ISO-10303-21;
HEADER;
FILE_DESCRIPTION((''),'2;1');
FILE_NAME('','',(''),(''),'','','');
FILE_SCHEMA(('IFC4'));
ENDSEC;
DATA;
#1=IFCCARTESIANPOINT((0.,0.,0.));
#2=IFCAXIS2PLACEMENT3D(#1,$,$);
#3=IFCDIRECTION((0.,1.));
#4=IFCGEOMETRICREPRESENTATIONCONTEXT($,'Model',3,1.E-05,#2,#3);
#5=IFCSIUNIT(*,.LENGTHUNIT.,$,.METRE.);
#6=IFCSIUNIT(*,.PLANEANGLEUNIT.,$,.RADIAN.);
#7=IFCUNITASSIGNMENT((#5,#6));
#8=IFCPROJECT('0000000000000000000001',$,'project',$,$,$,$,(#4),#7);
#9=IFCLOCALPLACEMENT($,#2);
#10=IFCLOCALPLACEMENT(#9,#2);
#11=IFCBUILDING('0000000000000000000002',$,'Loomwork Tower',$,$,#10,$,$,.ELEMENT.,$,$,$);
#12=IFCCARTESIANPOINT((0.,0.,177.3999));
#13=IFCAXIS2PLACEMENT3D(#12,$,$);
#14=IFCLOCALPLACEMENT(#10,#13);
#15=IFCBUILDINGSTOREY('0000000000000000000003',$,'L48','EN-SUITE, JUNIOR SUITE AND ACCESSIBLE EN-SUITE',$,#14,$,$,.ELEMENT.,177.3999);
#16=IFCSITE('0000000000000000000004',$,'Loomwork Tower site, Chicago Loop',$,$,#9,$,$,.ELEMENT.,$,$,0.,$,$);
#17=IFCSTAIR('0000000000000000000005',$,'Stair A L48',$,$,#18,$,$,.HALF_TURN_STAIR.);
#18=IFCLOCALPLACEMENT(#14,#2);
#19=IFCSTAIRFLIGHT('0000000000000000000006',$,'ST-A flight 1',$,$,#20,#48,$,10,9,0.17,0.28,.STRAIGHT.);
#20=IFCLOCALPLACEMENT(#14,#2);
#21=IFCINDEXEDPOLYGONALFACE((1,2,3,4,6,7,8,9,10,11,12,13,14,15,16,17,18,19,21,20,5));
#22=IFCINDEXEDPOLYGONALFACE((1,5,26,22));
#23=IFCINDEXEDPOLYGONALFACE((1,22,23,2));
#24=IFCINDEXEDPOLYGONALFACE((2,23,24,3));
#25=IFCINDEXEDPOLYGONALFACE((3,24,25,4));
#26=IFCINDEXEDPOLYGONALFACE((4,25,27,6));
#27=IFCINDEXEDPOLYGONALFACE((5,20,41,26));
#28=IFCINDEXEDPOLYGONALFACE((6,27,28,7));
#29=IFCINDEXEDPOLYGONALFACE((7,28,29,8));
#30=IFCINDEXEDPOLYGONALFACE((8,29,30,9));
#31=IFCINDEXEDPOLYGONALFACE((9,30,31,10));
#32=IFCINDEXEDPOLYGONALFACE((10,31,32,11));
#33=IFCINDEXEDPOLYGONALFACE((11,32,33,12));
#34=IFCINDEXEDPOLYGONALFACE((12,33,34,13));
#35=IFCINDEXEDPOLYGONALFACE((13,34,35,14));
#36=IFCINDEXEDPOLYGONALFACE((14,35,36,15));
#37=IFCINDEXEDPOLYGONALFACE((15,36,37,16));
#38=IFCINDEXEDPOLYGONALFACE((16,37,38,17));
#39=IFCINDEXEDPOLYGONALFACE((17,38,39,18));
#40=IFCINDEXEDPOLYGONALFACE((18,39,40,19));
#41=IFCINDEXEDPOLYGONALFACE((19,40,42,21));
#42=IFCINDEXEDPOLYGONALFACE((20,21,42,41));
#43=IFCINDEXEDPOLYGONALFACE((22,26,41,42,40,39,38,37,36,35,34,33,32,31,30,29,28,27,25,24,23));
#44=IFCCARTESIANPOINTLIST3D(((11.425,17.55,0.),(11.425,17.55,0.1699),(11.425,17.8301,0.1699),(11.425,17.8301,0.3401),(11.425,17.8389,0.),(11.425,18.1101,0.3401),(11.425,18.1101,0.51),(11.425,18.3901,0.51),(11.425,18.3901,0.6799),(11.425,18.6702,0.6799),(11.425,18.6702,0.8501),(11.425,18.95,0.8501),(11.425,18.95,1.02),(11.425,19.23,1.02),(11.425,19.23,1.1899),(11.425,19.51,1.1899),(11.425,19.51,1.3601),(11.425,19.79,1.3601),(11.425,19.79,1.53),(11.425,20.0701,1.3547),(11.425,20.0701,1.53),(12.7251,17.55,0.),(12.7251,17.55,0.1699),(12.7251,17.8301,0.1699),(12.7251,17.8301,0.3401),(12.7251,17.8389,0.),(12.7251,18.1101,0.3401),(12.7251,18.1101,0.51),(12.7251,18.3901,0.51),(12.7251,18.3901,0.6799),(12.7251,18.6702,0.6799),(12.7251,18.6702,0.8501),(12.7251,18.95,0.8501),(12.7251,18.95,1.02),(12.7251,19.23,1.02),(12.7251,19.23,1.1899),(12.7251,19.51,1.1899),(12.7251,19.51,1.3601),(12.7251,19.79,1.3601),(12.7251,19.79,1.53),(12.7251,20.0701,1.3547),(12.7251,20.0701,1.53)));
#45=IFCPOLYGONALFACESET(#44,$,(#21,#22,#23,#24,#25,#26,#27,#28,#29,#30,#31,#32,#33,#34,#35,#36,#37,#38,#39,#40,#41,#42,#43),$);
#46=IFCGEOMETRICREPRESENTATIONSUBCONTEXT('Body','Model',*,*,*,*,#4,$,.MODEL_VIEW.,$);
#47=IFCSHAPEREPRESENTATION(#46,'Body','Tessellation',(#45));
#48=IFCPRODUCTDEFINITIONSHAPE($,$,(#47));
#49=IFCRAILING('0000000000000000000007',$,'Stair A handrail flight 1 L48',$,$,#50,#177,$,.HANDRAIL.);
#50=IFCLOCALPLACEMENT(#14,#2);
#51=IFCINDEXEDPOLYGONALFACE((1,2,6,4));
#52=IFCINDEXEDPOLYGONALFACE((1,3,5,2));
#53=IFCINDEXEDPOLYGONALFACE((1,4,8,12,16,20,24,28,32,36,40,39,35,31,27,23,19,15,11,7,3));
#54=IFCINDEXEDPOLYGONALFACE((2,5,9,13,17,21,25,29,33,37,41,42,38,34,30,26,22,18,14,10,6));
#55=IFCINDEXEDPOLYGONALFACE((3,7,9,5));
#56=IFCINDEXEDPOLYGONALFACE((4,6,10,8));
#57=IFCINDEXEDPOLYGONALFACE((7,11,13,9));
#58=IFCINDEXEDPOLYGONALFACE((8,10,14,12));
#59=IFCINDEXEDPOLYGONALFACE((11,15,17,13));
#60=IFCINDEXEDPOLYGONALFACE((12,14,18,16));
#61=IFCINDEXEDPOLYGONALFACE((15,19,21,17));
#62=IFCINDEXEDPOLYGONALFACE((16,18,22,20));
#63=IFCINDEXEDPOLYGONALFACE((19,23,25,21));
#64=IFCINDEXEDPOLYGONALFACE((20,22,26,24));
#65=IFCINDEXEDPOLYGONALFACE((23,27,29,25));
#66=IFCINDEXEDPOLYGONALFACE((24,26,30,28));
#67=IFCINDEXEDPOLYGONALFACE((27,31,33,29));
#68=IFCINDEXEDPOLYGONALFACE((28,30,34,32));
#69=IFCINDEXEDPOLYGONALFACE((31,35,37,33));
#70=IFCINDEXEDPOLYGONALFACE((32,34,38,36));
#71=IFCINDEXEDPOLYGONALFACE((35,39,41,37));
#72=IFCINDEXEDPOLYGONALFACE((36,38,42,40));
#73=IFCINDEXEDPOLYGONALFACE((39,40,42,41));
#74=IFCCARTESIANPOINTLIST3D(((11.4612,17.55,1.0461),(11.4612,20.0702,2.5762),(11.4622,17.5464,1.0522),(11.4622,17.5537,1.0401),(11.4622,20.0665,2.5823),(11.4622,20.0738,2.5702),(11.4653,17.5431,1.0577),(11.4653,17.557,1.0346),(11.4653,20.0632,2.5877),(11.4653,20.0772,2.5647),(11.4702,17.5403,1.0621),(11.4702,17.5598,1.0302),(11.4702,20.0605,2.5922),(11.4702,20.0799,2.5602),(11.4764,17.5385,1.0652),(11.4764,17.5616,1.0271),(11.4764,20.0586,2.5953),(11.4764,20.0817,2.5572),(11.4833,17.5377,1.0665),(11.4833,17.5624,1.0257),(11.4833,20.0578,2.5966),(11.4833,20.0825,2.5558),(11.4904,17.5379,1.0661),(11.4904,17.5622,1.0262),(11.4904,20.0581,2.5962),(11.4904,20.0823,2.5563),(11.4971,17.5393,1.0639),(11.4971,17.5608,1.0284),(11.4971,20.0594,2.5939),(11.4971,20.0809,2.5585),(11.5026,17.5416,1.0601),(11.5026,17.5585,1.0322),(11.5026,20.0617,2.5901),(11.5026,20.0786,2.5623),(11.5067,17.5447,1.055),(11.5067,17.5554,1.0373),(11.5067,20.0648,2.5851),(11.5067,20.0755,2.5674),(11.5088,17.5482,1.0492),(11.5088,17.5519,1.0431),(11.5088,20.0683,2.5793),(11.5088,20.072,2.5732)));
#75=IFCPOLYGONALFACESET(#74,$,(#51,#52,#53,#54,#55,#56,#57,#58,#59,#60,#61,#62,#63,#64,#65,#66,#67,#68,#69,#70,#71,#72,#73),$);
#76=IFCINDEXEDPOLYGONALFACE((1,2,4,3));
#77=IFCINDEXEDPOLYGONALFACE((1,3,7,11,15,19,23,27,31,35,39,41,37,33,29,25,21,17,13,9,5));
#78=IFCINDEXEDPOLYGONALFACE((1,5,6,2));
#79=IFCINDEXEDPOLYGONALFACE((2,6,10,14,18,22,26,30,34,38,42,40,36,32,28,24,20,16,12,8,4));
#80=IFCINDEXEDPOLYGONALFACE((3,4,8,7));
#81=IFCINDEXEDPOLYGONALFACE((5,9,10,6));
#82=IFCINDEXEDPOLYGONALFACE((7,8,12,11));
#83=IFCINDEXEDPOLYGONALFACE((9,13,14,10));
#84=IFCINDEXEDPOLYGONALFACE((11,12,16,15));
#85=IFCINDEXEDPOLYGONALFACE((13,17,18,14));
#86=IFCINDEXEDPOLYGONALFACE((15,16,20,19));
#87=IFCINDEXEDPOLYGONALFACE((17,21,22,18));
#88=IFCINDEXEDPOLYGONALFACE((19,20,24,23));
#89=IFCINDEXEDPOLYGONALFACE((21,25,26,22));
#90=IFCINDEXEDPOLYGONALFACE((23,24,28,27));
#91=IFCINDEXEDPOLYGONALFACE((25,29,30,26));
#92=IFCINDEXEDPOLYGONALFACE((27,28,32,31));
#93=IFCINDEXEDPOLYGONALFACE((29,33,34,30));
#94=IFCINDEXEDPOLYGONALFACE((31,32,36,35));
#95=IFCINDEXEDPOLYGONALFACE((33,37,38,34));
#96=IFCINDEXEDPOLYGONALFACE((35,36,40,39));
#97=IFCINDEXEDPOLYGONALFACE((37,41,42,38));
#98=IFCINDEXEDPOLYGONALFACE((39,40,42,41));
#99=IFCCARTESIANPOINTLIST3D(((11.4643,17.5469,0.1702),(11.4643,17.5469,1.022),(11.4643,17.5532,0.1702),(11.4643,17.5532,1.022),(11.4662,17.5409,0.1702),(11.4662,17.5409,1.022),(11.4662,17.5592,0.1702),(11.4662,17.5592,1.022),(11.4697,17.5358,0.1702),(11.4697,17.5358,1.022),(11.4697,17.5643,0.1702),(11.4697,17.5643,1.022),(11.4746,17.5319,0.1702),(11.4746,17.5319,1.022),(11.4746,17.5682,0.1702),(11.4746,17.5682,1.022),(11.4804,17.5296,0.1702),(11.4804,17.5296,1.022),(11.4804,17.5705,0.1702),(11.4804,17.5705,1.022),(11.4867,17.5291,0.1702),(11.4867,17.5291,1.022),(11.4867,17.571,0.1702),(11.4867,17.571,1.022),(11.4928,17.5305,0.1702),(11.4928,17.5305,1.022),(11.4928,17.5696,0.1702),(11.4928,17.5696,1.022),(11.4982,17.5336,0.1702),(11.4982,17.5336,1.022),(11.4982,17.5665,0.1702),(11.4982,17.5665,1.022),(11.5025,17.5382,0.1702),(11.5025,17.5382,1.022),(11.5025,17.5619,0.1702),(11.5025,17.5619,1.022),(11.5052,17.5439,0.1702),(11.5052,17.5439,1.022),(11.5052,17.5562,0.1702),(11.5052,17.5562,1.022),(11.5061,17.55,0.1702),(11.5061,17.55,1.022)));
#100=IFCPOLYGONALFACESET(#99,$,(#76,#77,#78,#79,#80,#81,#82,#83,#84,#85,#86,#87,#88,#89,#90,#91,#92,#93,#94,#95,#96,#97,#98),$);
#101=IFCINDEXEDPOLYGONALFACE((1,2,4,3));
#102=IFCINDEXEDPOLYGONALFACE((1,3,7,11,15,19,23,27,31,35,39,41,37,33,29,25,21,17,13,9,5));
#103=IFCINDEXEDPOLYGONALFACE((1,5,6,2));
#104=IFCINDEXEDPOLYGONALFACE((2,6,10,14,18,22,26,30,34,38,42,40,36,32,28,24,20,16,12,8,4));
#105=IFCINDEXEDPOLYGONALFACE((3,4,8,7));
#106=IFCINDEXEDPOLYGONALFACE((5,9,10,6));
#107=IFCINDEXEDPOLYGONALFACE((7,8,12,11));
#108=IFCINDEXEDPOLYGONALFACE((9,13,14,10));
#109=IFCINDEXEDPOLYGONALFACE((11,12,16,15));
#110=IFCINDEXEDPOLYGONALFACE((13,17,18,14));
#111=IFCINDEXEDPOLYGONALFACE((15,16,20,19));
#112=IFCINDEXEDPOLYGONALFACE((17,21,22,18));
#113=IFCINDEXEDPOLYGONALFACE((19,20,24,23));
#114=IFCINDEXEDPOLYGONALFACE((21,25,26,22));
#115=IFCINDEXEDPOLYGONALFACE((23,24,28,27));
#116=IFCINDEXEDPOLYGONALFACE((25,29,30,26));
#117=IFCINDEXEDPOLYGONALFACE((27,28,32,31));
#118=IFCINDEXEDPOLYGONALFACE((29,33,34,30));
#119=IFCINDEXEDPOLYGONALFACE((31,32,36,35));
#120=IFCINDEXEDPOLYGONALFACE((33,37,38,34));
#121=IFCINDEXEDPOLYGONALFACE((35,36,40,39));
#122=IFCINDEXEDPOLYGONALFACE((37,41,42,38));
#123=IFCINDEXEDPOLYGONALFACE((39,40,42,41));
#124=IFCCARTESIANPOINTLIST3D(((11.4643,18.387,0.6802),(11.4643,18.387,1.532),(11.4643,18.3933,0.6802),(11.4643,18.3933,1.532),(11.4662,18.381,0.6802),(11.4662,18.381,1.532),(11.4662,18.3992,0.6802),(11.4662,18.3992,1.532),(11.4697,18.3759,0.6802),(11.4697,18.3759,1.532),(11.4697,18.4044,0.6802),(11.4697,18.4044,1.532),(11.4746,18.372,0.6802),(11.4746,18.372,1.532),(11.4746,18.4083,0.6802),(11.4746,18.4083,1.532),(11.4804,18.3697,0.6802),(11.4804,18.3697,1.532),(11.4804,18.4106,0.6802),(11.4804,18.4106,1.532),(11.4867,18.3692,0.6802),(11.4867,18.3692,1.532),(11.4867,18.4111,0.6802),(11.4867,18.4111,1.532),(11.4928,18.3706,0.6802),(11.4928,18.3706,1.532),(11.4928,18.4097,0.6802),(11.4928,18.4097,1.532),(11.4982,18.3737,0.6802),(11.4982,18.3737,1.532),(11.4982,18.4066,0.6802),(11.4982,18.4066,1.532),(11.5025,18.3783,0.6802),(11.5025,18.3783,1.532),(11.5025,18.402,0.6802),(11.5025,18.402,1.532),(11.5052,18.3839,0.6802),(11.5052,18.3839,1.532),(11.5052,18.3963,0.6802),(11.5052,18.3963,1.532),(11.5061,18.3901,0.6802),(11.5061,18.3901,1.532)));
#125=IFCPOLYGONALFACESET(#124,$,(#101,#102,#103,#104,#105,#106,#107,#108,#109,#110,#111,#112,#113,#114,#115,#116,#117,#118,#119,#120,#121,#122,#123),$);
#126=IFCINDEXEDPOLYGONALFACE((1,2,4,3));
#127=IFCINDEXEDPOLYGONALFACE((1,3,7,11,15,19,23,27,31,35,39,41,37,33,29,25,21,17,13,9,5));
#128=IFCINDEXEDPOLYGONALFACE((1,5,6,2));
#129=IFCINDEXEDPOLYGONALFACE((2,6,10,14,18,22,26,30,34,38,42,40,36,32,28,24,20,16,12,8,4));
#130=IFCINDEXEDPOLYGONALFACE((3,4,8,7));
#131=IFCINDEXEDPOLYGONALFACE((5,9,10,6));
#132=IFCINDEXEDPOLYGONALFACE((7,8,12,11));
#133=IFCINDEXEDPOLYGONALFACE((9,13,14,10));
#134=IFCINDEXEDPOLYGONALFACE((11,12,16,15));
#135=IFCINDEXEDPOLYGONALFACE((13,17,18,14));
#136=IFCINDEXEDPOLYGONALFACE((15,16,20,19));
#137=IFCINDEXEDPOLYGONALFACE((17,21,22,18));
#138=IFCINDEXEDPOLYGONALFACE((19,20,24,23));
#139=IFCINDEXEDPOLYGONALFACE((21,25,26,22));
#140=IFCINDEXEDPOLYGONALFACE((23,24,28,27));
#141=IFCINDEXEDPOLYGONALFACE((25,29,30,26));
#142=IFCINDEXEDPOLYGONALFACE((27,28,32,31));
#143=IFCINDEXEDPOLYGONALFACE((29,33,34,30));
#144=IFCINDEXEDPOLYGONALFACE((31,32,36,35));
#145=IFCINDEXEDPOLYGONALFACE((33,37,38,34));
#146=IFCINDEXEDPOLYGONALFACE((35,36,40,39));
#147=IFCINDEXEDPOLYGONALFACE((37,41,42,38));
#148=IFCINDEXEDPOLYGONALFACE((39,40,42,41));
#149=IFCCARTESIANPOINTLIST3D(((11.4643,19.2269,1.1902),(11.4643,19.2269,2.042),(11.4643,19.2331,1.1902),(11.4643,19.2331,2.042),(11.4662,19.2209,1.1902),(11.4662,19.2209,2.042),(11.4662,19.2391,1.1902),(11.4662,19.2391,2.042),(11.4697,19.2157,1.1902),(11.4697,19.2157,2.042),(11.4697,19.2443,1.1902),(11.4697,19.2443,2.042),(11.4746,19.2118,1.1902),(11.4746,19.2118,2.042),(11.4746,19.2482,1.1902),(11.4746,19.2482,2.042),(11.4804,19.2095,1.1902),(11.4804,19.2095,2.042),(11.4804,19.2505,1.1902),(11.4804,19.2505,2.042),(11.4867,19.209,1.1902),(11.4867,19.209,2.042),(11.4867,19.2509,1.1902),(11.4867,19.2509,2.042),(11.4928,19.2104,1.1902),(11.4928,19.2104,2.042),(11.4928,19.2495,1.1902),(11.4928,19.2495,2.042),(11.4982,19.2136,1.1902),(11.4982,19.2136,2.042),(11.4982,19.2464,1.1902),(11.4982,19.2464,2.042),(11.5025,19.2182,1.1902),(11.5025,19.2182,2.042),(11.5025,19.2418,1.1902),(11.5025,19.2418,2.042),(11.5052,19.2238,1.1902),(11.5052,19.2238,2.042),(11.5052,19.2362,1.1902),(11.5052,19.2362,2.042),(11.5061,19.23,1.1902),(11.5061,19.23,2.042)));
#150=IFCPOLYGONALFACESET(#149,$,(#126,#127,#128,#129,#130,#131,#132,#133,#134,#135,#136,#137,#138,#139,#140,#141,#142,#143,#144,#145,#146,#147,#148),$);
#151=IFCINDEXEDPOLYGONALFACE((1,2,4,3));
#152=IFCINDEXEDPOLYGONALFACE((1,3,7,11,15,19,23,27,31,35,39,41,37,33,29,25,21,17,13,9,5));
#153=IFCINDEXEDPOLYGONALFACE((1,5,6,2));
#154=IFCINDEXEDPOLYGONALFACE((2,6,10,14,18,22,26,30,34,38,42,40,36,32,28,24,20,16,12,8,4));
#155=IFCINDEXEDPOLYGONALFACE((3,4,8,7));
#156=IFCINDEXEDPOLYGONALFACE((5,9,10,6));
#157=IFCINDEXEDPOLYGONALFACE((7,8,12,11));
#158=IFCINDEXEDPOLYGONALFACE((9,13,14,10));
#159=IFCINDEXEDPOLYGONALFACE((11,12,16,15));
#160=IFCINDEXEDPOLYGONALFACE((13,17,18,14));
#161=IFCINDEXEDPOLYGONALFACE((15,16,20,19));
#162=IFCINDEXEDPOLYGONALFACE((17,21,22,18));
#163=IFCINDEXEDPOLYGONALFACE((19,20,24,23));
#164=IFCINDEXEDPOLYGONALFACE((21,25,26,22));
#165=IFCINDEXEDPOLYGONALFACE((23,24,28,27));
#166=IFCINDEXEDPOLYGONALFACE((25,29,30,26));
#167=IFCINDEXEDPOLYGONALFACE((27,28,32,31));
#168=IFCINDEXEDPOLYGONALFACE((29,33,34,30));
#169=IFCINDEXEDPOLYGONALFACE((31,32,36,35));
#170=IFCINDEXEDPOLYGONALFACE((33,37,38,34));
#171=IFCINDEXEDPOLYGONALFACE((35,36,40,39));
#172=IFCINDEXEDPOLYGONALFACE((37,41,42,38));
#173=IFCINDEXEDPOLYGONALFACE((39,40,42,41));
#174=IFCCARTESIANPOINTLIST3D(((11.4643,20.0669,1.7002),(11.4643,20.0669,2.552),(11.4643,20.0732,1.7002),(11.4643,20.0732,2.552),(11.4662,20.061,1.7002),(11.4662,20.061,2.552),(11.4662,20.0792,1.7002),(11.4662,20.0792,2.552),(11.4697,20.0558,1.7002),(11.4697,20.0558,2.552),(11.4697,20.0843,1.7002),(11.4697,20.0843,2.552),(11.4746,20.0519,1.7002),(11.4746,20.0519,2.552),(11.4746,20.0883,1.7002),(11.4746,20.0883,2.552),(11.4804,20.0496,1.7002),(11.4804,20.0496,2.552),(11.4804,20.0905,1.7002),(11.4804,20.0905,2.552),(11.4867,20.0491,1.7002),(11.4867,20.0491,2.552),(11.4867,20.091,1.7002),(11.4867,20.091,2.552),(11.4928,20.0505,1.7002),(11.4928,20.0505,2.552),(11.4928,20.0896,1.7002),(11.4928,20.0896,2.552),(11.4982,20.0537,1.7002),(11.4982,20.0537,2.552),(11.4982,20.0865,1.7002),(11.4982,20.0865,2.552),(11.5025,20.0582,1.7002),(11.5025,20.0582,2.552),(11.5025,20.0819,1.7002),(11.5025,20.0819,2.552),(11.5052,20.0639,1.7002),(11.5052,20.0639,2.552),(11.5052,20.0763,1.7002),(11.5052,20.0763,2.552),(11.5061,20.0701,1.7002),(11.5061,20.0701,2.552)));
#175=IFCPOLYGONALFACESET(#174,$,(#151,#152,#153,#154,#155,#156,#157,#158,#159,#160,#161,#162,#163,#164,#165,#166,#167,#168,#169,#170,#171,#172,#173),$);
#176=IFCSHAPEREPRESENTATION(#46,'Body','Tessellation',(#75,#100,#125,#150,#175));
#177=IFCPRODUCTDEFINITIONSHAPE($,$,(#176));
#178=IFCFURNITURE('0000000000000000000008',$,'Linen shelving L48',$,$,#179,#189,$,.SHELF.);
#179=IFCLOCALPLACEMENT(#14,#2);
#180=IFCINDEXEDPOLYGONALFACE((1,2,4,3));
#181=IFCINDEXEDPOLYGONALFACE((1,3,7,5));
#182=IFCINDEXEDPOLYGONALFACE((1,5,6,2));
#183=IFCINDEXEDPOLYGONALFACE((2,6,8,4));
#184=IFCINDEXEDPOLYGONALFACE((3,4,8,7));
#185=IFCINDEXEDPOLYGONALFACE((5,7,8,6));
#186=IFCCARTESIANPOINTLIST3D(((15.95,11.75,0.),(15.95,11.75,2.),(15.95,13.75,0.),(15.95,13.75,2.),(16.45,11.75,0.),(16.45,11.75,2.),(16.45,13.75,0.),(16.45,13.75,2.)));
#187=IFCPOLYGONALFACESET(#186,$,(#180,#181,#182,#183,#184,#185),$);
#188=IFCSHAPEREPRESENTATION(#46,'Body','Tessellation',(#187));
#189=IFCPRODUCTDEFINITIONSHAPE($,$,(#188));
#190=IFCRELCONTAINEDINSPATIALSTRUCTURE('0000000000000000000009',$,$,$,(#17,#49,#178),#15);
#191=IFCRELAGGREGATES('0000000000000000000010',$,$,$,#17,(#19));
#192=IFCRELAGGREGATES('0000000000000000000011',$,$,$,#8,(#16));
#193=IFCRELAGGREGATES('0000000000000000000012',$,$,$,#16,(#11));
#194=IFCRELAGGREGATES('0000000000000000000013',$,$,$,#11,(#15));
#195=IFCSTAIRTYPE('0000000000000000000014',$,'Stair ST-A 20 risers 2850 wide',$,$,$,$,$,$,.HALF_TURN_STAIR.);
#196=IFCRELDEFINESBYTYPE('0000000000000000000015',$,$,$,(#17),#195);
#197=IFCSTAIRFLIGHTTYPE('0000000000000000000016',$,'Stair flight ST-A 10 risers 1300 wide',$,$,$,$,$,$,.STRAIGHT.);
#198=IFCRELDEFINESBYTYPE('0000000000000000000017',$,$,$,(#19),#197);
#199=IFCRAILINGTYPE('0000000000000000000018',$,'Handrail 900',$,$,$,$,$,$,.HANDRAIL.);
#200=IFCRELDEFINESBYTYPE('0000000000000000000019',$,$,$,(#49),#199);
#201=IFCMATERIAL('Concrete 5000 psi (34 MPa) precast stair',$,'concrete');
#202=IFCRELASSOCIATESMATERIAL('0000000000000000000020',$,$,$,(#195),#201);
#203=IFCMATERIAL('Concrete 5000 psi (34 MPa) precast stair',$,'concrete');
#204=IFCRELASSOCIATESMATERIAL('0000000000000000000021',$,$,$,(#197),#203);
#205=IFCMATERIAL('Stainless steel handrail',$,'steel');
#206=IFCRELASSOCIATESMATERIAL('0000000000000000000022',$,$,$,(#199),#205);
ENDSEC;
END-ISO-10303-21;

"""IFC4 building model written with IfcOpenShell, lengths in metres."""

from ifc_helpers import new_model, si_unit, direction, frame, origin, origin_2d, place, context, subcontext, project, spatial, polyline, rectangle, circle, outline, extrude, material, type_object, element, aggregate, save


model = new_model("IFC4")

# Units and contexts
model_context = context("Model", 3, precision=1e-05, world=origin(), true_north=direction((0.0, 1.0)))
body_context = subcontext(model_context, "Body", "Model", "MODEL_VIEW")
ifc_project = project(units=[si_unit("LENGTHUNIT", "METRE"), si_unit("PLANEANGLEUNIT", "RADIAN")], contexts=[model_context])

# Site, building, storey
site_placement = place(None, origin())
site = spatial("IfcSite", under=ifc_project, at=site_placement, Name="Loomwork Tower site, Chicago Loop", CompositionType="ELEMENT", RefElevation=0.0)
building_placement = place(site_placement, origin())
building = spatial("IfcBuilding", under=site, at=building_placement, Name="Loomwork Tower", CompositionType="ELEMENT")
storey_placement = place(building_placement, frame((0.0, 0.0, 177.3999)))
storey = spatial("IfcBuildingStorey", under=building, at=storey_placement, Name="L48", Description="EN-SUITE, JUNIOR SUITE AND ACCESSIBLE EN-SUITE", CompositionType="ELEMENT", Elevation=177.3999)

# Stair, stair flight
ifc_material_1 = material(Name="Concrete 5000 psi (34 MPa) precast stair", Category="concrete")
stair_type = type_object("IfcStairType", Name="Stair ST-A 20 risers 2850 wide", PredefinedType="HALF_TURN_STAIR", material=ifc_material_1)
stair_placement = place(storey_placement, origin())
stair = element("IfcStair", 1, at=stair_placement, inside=storey, type_object=stair_type, Name="Stair A L48", PredefinedType="HALF_TURN_STAIR")
ifc_material_2 = material(Name="Concrete 5000 psi (34 MPa) precast stair", Category="concrete")
stair_flight_type = type_object("IfcStairFlightType", Name="Stair flight ST-A 10 risers 1300 wide", PredefinedType="STRAIGHT", material=ifc_material_2)
stair_flight_placement = place(storey_placement, frame((12.075, 17.55, 0.0), z_axis=(0.0, 0.0, 1.0), x_axis=(0.0, 1.0, 0.0)))
stair_flight = element("IfcStairFlight", 2, at=stair_flight_placement, type_object=stair_flight_type, Name="ST-A flight 1", NumberOfRisers=10, NumberOfTreads=9, PredefinedType="STRAIGHT", RiserHeight=0.17, TreadLength=0.28, context=body_context, shape_type="SweptSolid", body=[
    extrude(outline(polyline([(0.0, 0.0), (0.0, 0.1699), (0.28, 0.1699), (0.28, 0.3401), (0.5601, 0.3401), (0.5601, 0.51), (0.8401, 0.51), (0.8401, 0.6799), (1.1201, 0.6799), (1.1201, 0.8501), (1.3999, 0.8501), (1.3999, 1.02), (1.6799, 1.02), (1.6799, 1.1899), (1.96, 1.1899), (1.96, 1.3601), (2.24, 1.3601), (2.24, 1.53), (2.52, 1.53), (2.52, 1.7), (2.52, 1.3547), (0.2888, 0.0), (0.0, 0.0)])), frame((0.0, 0.6499, 0.0), z_axis=(0.0, -1.0, 0.0), x_axis=(1.0, 0.0, 0.0)), (0.0, 0.0, 1.0), 1.3),
])
aggregate(stair, [stair_flight])

# Railing
ifc_material_3 = material(Name="Stainless steel handrail", Category="steel")
railing_type = type_object("IfcRailingType", Name="Handrail 900", PredefinedType="HANDRAIL", material=ifc_material_3)
railing_placement = place(storey_placement, frame((11.4851, 17.55, 0.1702)))
element("IfcRailing", 3, at=railing_placement, inside=storey, type_object=railing_type, Name="Stair A handrail flight 1 L48", PredefinedType="HANDRAIL", context=body_context, shape_type="SweptSolid", body=[
    extrude(circle(Radius=0.0239, at=origin_2d()), frame((0.0, 0.0, 0.876), z_axis=(0.0, 0.854785, 0.518982), x_axis=(-1.0, 0.0, 0.0)), (0.0, 0.0, 1.0), 2.9482),
    extrude(circle(Radius=0.021, at=origin_2d()), origin(), (0.0, 0.0, 1.0), 0.8518),
    extrude(circle(Radius=0.021, at=origin_2d()), frame((0.0, 0.8401, 0.51)), (0.0, 0.0, 1.0), 0.8518),
    extrude(circle(Radius=0.021, at=origin_2d()), frame((0.0, 1.6799, 1.02)), (0.0, 0.0, 1.0), 0.8518),
    extrude(circle(Radius=0.021, at=origin_2d()), frame((0.0, 2.52, 1.53)), (0.0, 0.0, 1.0), 0.8518),
])

# Furniture
furniture_placement = place(storey_placement, frame((16.2, 12.75, 0.0), z_axis=(0.0, 0.0, 1.0), x_axis=(1.0, 0.0, 0.0)))
element("IfcFurniture", 4, at=furniture_placement, inside=storey, Name="Linen shelving L48", PredefinedType="SHELF", context=body_context, shape_type="SweptSolid", body=[
    extrude(rectangle(XDim=0.5, YDim=2.0, at=origin_2d()), origin(), (0.0, 0.0, 1.0), 2.0),
])

save(model, "model.ifc")
